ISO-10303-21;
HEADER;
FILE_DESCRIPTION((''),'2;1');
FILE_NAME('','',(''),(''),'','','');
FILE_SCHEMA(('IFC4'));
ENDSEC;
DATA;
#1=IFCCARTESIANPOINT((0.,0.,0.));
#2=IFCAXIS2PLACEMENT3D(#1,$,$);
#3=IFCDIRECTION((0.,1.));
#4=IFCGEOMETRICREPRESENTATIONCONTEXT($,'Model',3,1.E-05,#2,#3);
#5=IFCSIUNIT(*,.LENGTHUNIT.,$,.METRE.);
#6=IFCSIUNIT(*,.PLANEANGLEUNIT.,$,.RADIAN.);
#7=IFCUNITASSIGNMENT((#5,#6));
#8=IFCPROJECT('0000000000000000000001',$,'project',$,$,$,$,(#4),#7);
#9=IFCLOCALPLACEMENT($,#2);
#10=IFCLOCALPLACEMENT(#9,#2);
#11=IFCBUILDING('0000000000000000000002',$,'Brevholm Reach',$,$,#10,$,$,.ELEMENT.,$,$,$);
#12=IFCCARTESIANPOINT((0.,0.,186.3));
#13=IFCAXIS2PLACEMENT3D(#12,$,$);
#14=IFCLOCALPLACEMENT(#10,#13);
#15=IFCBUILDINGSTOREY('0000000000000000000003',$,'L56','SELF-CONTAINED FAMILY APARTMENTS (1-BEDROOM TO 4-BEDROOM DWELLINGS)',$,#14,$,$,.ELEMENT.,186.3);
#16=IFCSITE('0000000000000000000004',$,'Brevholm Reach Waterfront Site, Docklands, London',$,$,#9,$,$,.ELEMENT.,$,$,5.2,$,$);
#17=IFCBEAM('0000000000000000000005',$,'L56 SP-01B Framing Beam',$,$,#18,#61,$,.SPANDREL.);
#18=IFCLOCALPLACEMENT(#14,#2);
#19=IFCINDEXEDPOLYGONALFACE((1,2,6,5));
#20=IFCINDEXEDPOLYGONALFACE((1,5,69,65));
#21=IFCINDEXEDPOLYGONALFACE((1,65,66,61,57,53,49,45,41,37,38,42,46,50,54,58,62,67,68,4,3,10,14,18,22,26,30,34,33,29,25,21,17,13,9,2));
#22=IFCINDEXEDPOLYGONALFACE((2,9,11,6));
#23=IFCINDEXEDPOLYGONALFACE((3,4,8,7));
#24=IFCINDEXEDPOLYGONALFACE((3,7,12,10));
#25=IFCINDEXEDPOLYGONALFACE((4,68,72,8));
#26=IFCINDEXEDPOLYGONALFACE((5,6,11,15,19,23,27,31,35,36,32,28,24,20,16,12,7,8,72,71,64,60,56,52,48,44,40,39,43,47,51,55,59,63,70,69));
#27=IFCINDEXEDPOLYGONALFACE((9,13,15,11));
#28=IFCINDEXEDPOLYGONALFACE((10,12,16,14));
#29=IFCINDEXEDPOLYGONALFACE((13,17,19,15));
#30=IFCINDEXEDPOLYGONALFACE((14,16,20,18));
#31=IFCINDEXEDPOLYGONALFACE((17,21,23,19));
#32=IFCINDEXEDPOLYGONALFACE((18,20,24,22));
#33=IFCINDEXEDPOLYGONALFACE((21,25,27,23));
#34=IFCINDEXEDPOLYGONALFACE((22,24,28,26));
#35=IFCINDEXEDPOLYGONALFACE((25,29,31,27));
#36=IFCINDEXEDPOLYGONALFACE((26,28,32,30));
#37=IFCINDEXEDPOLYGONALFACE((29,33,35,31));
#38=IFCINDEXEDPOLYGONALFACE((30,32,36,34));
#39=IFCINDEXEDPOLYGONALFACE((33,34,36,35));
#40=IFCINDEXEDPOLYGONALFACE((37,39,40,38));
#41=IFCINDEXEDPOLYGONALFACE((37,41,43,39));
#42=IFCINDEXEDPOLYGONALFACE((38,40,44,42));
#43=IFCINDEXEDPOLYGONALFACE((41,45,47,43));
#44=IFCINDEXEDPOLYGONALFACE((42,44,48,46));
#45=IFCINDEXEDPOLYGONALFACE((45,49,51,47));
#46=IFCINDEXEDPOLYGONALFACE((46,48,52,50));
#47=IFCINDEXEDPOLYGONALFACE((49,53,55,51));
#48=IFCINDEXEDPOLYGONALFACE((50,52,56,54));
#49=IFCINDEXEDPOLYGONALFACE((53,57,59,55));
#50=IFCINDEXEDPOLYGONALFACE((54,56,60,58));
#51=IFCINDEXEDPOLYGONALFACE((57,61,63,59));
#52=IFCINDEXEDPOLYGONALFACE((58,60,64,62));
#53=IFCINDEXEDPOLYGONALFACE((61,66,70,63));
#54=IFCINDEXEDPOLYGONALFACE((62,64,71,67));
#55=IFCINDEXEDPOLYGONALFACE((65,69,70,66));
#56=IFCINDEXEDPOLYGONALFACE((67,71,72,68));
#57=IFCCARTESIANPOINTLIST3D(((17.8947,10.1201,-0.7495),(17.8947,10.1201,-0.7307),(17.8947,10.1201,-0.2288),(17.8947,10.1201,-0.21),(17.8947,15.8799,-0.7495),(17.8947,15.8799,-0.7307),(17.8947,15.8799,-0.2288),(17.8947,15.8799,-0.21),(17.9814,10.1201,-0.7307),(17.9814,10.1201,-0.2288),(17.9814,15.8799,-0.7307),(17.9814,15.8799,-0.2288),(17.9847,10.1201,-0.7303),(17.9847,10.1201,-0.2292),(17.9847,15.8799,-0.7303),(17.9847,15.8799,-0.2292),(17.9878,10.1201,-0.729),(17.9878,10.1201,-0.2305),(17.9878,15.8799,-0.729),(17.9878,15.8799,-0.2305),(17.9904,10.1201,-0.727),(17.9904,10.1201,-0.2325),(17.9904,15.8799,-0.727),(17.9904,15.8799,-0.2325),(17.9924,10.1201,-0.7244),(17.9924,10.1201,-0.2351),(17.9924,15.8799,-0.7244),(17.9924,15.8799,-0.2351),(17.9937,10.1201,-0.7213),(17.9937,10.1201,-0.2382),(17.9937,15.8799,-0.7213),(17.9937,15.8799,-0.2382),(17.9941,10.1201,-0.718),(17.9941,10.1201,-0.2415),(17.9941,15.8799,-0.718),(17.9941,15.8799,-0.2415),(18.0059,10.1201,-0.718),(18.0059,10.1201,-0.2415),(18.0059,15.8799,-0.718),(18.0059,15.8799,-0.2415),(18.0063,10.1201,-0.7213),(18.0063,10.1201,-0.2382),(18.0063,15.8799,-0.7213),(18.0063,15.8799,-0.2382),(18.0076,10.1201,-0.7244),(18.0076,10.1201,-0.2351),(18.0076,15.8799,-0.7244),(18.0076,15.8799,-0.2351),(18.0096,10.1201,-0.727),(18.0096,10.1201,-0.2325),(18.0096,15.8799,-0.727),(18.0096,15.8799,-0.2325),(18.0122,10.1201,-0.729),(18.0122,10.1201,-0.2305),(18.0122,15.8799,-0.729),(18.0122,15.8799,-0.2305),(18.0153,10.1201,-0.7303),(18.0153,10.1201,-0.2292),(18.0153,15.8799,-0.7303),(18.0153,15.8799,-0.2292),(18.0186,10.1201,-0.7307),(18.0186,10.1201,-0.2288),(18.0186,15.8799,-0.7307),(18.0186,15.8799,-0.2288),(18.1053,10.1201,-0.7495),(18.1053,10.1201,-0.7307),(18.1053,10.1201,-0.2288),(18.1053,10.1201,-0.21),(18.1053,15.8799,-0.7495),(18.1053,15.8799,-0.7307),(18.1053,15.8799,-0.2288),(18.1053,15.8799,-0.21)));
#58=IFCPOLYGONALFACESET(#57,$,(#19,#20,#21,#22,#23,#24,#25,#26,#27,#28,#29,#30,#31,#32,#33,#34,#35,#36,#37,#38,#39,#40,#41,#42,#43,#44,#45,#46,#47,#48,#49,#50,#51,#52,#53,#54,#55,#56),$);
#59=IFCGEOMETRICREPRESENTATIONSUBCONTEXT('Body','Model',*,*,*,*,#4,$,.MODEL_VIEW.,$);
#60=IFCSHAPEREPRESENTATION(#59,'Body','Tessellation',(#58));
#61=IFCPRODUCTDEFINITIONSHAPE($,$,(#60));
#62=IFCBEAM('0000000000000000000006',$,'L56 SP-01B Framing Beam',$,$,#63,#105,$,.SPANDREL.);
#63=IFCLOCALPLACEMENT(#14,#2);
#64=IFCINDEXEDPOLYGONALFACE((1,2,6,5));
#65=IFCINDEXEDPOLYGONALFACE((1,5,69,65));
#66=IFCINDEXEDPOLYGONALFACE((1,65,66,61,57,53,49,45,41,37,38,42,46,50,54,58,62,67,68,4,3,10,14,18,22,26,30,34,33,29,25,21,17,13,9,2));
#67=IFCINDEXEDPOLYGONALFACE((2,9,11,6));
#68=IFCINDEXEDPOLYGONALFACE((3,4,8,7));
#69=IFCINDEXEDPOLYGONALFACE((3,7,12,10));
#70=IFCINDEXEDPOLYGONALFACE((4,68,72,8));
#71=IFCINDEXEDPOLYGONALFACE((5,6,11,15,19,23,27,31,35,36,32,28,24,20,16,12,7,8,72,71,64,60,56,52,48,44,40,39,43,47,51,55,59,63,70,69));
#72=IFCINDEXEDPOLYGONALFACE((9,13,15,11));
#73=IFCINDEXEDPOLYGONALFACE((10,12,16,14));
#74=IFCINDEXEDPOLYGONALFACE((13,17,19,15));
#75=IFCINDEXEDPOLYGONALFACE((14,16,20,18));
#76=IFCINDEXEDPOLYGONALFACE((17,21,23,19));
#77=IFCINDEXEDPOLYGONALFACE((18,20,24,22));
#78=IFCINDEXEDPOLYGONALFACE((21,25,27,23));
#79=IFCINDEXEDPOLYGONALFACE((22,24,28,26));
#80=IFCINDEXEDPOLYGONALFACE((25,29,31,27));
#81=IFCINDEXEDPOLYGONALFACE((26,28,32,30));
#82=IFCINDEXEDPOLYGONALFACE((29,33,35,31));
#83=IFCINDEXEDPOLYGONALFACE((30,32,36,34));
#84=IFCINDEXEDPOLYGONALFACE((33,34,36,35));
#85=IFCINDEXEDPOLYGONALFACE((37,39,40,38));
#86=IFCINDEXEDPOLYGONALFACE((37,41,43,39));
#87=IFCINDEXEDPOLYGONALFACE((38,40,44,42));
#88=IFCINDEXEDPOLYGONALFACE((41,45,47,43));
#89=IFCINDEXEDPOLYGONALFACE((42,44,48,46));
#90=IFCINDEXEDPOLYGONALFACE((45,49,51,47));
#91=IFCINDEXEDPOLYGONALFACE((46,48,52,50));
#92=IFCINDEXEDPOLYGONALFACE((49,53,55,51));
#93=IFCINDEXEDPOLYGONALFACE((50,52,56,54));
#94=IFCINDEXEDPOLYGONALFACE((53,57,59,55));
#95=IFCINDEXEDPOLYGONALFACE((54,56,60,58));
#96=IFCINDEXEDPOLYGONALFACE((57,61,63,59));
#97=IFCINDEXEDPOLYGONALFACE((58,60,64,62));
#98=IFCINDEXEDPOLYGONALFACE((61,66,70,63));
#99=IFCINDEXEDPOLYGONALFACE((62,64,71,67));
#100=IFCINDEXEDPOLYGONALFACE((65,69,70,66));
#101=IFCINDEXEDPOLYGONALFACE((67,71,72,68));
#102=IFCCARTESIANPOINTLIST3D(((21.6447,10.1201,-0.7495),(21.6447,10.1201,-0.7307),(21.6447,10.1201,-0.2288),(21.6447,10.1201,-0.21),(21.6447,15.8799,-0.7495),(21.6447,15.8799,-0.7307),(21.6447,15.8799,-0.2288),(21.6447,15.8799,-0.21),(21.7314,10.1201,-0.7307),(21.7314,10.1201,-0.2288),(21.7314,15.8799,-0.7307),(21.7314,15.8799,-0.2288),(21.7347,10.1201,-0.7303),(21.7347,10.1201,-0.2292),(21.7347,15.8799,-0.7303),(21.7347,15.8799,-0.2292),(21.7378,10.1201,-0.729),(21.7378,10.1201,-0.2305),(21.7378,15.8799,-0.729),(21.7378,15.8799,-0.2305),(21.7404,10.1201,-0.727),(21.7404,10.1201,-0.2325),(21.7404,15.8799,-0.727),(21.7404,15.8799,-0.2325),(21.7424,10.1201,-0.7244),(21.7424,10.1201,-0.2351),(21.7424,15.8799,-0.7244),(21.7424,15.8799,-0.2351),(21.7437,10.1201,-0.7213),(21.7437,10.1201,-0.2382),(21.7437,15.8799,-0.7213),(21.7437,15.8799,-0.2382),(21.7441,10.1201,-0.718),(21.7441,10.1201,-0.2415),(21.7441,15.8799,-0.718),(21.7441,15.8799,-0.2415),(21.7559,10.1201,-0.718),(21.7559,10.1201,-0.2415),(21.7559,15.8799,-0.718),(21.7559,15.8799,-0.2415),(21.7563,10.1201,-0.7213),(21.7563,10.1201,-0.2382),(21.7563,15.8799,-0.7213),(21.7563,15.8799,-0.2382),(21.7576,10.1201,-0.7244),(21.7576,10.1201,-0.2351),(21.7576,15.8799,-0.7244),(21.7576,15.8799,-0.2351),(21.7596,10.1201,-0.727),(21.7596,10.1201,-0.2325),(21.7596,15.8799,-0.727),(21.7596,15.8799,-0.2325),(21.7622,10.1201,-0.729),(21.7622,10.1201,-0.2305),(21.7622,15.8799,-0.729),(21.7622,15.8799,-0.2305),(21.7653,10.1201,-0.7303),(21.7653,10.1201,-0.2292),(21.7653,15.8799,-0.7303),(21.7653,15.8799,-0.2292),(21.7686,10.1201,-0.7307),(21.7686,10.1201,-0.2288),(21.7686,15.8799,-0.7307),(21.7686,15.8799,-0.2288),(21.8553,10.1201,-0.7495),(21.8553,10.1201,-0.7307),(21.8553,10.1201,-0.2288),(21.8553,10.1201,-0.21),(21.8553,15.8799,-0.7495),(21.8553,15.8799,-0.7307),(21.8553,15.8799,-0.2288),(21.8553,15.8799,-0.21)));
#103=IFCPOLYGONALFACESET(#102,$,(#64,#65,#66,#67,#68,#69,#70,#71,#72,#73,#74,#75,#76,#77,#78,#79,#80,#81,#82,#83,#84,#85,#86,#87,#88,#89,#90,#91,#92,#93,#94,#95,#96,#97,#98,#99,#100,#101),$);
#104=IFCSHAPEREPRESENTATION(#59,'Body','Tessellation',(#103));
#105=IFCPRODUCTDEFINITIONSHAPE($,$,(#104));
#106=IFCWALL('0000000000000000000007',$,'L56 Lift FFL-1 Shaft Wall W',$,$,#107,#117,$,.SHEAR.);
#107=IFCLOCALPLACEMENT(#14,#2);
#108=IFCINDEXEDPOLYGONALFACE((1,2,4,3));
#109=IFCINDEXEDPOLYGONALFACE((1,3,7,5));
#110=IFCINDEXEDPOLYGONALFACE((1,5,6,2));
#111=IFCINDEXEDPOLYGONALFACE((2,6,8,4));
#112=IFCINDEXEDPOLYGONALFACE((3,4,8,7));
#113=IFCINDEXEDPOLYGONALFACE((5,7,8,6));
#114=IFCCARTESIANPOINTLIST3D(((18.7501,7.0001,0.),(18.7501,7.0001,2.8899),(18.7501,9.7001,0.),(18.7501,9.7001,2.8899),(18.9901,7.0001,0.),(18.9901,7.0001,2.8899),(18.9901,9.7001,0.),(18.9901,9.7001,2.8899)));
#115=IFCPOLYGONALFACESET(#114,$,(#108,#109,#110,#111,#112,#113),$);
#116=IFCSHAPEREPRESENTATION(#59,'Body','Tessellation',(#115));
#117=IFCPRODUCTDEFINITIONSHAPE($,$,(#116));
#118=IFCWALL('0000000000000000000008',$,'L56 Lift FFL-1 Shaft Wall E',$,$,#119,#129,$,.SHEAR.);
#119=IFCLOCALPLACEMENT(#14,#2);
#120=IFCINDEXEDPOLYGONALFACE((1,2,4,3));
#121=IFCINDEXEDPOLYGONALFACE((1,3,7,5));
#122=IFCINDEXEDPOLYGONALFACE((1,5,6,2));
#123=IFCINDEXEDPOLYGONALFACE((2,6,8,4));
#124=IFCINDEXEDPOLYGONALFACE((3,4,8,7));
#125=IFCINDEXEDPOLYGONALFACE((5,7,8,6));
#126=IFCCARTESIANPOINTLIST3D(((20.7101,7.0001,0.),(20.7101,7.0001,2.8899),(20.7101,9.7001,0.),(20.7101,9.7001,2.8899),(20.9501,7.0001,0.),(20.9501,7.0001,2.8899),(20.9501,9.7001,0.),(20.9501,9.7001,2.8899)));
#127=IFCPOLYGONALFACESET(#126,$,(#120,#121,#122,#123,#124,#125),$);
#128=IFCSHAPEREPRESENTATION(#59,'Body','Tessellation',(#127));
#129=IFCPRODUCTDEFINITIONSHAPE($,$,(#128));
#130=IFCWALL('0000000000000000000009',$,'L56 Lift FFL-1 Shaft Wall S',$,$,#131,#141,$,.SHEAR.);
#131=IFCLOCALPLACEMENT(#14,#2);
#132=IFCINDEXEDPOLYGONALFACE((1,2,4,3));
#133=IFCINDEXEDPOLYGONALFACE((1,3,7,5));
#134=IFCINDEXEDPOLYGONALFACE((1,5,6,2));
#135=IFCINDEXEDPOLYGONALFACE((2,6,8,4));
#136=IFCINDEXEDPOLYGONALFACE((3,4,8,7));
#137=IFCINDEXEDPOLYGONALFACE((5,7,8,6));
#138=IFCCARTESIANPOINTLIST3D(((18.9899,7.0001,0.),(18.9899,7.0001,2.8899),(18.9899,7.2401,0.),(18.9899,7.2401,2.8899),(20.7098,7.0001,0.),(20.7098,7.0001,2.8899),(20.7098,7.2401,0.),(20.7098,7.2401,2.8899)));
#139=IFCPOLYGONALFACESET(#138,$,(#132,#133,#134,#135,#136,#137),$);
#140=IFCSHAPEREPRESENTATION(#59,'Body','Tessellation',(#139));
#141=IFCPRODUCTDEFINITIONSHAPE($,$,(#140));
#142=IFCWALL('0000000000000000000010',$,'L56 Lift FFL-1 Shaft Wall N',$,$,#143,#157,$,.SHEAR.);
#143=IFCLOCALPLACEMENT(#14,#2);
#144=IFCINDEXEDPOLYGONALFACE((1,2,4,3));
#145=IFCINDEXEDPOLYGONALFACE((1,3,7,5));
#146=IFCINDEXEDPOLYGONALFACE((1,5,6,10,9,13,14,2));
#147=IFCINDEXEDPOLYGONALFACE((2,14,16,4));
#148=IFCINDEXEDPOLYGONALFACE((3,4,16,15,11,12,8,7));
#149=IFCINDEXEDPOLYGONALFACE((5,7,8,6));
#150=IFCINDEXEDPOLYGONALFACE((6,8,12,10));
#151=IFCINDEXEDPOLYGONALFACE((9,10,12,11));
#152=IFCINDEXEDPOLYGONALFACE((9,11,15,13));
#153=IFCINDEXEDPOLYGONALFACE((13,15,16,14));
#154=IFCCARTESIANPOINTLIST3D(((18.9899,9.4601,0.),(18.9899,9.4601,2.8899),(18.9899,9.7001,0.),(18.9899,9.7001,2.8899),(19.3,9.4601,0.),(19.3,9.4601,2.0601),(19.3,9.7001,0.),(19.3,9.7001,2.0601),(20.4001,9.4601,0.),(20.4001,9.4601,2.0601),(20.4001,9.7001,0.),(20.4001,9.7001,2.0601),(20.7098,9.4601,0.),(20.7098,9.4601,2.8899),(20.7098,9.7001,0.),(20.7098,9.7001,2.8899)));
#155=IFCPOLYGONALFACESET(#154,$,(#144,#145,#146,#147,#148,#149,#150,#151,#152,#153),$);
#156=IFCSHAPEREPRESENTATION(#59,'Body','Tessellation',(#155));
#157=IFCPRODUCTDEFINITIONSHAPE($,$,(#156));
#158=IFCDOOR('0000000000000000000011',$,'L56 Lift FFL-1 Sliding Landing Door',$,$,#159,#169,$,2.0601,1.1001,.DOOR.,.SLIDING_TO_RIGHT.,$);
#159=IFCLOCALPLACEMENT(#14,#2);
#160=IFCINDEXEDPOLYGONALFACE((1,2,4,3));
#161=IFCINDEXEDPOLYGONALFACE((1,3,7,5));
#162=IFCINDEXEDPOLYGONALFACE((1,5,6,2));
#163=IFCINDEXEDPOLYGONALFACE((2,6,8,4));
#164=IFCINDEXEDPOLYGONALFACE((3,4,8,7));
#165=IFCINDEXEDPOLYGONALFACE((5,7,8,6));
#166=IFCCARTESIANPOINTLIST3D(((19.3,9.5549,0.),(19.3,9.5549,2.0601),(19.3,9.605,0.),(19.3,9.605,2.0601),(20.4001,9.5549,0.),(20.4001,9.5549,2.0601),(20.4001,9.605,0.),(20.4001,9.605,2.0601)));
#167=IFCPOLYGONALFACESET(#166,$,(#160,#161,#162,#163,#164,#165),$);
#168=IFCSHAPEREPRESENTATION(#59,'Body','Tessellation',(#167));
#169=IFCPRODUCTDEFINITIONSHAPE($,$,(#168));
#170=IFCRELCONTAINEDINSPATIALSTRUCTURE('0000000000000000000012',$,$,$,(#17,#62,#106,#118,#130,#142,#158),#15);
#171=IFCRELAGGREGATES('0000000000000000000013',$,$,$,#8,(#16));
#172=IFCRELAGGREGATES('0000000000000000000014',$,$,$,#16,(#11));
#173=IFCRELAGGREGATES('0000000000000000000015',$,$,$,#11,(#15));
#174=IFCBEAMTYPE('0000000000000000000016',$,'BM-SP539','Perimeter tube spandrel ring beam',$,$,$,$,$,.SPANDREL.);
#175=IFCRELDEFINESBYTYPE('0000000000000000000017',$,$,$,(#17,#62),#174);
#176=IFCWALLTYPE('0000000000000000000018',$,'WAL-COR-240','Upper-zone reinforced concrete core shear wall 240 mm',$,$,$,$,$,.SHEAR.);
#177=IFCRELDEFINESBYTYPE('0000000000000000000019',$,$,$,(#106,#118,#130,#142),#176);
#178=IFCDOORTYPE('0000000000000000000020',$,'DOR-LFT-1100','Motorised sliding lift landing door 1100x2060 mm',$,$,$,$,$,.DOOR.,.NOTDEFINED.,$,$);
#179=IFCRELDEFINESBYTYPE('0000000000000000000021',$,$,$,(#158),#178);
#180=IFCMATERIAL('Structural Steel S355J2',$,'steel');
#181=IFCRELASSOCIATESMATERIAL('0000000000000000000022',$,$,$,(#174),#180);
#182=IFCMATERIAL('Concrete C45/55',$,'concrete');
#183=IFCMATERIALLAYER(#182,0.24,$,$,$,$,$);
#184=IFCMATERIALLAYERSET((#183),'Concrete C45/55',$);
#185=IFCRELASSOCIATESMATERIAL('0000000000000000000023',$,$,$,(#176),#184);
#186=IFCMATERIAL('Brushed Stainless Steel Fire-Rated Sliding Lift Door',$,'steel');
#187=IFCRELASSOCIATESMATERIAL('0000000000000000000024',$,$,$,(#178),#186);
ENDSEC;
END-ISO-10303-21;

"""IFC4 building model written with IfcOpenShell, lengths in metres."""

from ifc_helpers import new_model, si_unit, direction, frame, frame_2d, origin, origin_2d, place, context, subcontext, project, spatial, rectangle, i_section, extrude, material, layer, layer_set, material_profile, profile_set, type_object, element, fill, save


model = new_model("IFC4")

# Units and contexts
model_context = context("Model", 3, precision=1e-05, world=origin(), true_north=direction((0.0, 1.0)))
body_context = subcontext(model_context, "Body", "Model", "MODEL_VIEW")
ifc_project = project(units=[si_unit("LENGTHUNIT", "METRE"), si_unit("PLANEANGLEUNIT", "RADIAN")], contexts=[model_context])

# Site, building, storey
site_placement = place(None, origin())
site = spatial("IfcSite", under=ifc_project, at=site_placement, Name="Brevholm Reach Waterfront Site, Docklands, London", CompositionType="ELEMENT", RefElevation=5.2)
building_placement = place(site_placement, origin())
building = spatial("IfcBuilding", under=site, at=building_placement, Name="Brevholm Reach", CompositionType="ELEMENT")
storey_placement = place(building_placement, frame((0.0, 0.0, 186.3)))
storey = spatial("IfcBuildingStorey", under=building, at=storey_placement, Name="L56", Description="SELF-CONTAINED FAMILY APARTMENTS (1-BEDROOM TO 4-BEDROOM DWELLINGS)", CompositionType="ELEMENT", Elevation=186.3)

# Beams
ifc_material_1 = material(Name="Structural Steel S355J2", Category="steel")
ifc_material_profile_1 = material_profile(ifc_material_1, i_section(OverallWidth=0.2107, OverallDepth=0.5396, WebThickness=0.0117, FlangeThickness=0.0188, FilletRadius=0.0127, at=origin_2d()), Name="UKB 533x210x109")
ifc_profile_set_1 = profile_set([ifc_material_profile_1], Name="Structural Steel S355J2")
beam_type = type_object("IfcBeamType", Name="BM-SP539", Description="Perimeter tube spandrel ring beam", PredefinedType="SPANDREL", material=ifc_profile_set_1)
for number, where, z_axis, x_axis, name in (
    (1, (18.0, 10.1201, -0.4797), (0.0, 1.0, 0.0), (-1.0, 0.0, 0.0), "L56 SP-01B Framing Beam"),
    (2, (21.75, 10.1201, -0.4797), (0.0, 1.0, 0.0), (-1.0, 0.0, 0.0), "L56 SP-01B Framing Beam"),
):
    element("IfcBeam", number, at=place(storey_placement, frame(where, z_axis=z_axis, x_axis=x_axis)), inside=storey, type_object=beam_type, Name=name, PredefinedType="SPANDREL", context=body_context, shape_type="SweptSolid", body=[
        extrude(i_section(OverallWidth=0.2107, OverallDepth=0.5396, WebThickness=0.0117, FlangeThickness=0.0188, FilletRadius=0.0127, at=origin_2d()), origin(), (0.0, 0.0, 1.0), 5.7598),
    ])

# Walls
ifc_material_2 = material(Name="Concrete C45/55", Category="concrete")
ifc_layer_1 = layer(ifc_material_2, 0.24)
ifc_layer_set_1 = layer_set([ifc_layer_1], Name="Concrete C45/55")
wall_type_1 = type_object("IfcWallType", Name="WAL-COR-240", Description="Upper-zone reinforced concrete core shear wall 240 mm", PredefinedType="SHEAR", material=ifc_layer_set_1)
for number, where, z_axis, x_axis, name in (
    (3, (18.8701, 7.0, 0.0), (0.0, 0.0, 1.0), (0.0, 1.0, 0.0), "L56 Lift FFL-1 Shaft Wall W"),
    (4, (20.8301, 7.0, 0.0), (0.0, 0.0, 1.0), (0.0, 1.0, 0.0), "L56 Lift FFL-1 Shaft Wall E"),
):
    element("IfcWall", number, at=place(storey_placement, frame(where, z_axis=z_axis, x_axis=x_axis)), inside=storey, type_object=wall_type_1, Name=name, PredefinedType="SHEAR", context=body_context, shape_type="SweptSolid", body=[
        extrude(rectangle(XDim=2.7, YDim=0.24, at=frame_2d((1.3501, 0.0))), origin(), (0.0, 0.0, 1.0), 2.8899),
    ])
wall_1_placement = place(storey_placement, frame((18.99, 7.1201, 0.0), z_axis=(0.0, 0.0, 1.0), x_axis=(1.0, 0.0, 0.0)))
element("IfcWall", 5, at=wall_1_placement, inside=storey, type_object=wall_type_1, Name="L56 Lift FFL-1 Shaft Wall S", PredefinedType="SHEAR", context=body_context, shape_type="SweptSolid", body=[
    extrude(rectangle(XDim=1.72, YDim=0.24, at=frame_2d((0.8599, 0.0))), origin(), (0.0, 0.0, 1.0), 2.8899),
])

# Wall, opening, door
wall_2_placement = place(storey_placement, frame((18.99, 9.5801, 0.0), z_axis=(0.0, 0.0, 1.0), x_axis=(1.0, 0.0, 0.0)))
wall_2 = element("IfcWall", 6, at=wall_2_placement, inside=storey, type_object=wall_type_1, Name="L56 Lift FFL-1 Shaft Wall N", PredefinedType="SHEAR", context=body_context, shape_type="SweptSolid", body=[
    extrude(rectangle(XDim=1.72, YDim=0.24, at=frame_2d((0.8599, 0.0))), origin(), (0.0, 0.0, 1.0), 2.8899),
])
opening_1_placement = place(wall_2_placement, frame((0.3101, 0.0, 0.0)))
opening_1 = element("IfcOpeningElement", 7, at=opening_1_placement, cuts=wall_2, PredefinedType="OPENING", context=body_context, shape_type="SweptSolid", body=[
    extrude(rectangle(XDim=1.1001, YDim=2.0601, at=frame_2d((0.55, 1.03))), frame((0.0, 0.1299, 0.0), z_axis=(0.0, -1.0, 0.0), x_axis=(1.0, 0.0, 0.0)), (0.0, 0.0, 1.0), 0.26),
])
ifc_material_3 = material(Name="Brushed Stainless Steel Fire-Rated Sliding Lift Door", Category="steel")
door_type_1 = type_object("IfcDoorType", Name="DOR-LFT-1100", Description="Motorised sliding lift landing door 1100x2060 mm", OperationType="NOTDEFINED", PredefinedType="DOOR", material=ifc_material_3)
door_1_placement = place(opening_1_placement, origin())
door_1 = element("IfcDoor", 8, at=door_1_placement, inside=storey, type_object=door_type_1, Name="L56 Lift FFL-1 Sliding Landing Door", OperationType="SLIDING_TO_RIGHT", OverallHeight=2.0601, OverallWidth=1.1001, PredefinedType="DOOR", context=body_context, shape_type="SweptSolid", body=[
    extrude(rectangle(XDim=1.1001, YDim=2.0601, at=frame_2d((0.55, 1.03))), frame((0.0, 0.0249, 0.0), z_axis=(0.0, -1.0, 0.0), x_axis=(1.0, 0.0, 0.0)), (0.0, 0.0, 1.0), 0.05),
])
fill(opening_1, door_1)

save(model, "model.ifc")
